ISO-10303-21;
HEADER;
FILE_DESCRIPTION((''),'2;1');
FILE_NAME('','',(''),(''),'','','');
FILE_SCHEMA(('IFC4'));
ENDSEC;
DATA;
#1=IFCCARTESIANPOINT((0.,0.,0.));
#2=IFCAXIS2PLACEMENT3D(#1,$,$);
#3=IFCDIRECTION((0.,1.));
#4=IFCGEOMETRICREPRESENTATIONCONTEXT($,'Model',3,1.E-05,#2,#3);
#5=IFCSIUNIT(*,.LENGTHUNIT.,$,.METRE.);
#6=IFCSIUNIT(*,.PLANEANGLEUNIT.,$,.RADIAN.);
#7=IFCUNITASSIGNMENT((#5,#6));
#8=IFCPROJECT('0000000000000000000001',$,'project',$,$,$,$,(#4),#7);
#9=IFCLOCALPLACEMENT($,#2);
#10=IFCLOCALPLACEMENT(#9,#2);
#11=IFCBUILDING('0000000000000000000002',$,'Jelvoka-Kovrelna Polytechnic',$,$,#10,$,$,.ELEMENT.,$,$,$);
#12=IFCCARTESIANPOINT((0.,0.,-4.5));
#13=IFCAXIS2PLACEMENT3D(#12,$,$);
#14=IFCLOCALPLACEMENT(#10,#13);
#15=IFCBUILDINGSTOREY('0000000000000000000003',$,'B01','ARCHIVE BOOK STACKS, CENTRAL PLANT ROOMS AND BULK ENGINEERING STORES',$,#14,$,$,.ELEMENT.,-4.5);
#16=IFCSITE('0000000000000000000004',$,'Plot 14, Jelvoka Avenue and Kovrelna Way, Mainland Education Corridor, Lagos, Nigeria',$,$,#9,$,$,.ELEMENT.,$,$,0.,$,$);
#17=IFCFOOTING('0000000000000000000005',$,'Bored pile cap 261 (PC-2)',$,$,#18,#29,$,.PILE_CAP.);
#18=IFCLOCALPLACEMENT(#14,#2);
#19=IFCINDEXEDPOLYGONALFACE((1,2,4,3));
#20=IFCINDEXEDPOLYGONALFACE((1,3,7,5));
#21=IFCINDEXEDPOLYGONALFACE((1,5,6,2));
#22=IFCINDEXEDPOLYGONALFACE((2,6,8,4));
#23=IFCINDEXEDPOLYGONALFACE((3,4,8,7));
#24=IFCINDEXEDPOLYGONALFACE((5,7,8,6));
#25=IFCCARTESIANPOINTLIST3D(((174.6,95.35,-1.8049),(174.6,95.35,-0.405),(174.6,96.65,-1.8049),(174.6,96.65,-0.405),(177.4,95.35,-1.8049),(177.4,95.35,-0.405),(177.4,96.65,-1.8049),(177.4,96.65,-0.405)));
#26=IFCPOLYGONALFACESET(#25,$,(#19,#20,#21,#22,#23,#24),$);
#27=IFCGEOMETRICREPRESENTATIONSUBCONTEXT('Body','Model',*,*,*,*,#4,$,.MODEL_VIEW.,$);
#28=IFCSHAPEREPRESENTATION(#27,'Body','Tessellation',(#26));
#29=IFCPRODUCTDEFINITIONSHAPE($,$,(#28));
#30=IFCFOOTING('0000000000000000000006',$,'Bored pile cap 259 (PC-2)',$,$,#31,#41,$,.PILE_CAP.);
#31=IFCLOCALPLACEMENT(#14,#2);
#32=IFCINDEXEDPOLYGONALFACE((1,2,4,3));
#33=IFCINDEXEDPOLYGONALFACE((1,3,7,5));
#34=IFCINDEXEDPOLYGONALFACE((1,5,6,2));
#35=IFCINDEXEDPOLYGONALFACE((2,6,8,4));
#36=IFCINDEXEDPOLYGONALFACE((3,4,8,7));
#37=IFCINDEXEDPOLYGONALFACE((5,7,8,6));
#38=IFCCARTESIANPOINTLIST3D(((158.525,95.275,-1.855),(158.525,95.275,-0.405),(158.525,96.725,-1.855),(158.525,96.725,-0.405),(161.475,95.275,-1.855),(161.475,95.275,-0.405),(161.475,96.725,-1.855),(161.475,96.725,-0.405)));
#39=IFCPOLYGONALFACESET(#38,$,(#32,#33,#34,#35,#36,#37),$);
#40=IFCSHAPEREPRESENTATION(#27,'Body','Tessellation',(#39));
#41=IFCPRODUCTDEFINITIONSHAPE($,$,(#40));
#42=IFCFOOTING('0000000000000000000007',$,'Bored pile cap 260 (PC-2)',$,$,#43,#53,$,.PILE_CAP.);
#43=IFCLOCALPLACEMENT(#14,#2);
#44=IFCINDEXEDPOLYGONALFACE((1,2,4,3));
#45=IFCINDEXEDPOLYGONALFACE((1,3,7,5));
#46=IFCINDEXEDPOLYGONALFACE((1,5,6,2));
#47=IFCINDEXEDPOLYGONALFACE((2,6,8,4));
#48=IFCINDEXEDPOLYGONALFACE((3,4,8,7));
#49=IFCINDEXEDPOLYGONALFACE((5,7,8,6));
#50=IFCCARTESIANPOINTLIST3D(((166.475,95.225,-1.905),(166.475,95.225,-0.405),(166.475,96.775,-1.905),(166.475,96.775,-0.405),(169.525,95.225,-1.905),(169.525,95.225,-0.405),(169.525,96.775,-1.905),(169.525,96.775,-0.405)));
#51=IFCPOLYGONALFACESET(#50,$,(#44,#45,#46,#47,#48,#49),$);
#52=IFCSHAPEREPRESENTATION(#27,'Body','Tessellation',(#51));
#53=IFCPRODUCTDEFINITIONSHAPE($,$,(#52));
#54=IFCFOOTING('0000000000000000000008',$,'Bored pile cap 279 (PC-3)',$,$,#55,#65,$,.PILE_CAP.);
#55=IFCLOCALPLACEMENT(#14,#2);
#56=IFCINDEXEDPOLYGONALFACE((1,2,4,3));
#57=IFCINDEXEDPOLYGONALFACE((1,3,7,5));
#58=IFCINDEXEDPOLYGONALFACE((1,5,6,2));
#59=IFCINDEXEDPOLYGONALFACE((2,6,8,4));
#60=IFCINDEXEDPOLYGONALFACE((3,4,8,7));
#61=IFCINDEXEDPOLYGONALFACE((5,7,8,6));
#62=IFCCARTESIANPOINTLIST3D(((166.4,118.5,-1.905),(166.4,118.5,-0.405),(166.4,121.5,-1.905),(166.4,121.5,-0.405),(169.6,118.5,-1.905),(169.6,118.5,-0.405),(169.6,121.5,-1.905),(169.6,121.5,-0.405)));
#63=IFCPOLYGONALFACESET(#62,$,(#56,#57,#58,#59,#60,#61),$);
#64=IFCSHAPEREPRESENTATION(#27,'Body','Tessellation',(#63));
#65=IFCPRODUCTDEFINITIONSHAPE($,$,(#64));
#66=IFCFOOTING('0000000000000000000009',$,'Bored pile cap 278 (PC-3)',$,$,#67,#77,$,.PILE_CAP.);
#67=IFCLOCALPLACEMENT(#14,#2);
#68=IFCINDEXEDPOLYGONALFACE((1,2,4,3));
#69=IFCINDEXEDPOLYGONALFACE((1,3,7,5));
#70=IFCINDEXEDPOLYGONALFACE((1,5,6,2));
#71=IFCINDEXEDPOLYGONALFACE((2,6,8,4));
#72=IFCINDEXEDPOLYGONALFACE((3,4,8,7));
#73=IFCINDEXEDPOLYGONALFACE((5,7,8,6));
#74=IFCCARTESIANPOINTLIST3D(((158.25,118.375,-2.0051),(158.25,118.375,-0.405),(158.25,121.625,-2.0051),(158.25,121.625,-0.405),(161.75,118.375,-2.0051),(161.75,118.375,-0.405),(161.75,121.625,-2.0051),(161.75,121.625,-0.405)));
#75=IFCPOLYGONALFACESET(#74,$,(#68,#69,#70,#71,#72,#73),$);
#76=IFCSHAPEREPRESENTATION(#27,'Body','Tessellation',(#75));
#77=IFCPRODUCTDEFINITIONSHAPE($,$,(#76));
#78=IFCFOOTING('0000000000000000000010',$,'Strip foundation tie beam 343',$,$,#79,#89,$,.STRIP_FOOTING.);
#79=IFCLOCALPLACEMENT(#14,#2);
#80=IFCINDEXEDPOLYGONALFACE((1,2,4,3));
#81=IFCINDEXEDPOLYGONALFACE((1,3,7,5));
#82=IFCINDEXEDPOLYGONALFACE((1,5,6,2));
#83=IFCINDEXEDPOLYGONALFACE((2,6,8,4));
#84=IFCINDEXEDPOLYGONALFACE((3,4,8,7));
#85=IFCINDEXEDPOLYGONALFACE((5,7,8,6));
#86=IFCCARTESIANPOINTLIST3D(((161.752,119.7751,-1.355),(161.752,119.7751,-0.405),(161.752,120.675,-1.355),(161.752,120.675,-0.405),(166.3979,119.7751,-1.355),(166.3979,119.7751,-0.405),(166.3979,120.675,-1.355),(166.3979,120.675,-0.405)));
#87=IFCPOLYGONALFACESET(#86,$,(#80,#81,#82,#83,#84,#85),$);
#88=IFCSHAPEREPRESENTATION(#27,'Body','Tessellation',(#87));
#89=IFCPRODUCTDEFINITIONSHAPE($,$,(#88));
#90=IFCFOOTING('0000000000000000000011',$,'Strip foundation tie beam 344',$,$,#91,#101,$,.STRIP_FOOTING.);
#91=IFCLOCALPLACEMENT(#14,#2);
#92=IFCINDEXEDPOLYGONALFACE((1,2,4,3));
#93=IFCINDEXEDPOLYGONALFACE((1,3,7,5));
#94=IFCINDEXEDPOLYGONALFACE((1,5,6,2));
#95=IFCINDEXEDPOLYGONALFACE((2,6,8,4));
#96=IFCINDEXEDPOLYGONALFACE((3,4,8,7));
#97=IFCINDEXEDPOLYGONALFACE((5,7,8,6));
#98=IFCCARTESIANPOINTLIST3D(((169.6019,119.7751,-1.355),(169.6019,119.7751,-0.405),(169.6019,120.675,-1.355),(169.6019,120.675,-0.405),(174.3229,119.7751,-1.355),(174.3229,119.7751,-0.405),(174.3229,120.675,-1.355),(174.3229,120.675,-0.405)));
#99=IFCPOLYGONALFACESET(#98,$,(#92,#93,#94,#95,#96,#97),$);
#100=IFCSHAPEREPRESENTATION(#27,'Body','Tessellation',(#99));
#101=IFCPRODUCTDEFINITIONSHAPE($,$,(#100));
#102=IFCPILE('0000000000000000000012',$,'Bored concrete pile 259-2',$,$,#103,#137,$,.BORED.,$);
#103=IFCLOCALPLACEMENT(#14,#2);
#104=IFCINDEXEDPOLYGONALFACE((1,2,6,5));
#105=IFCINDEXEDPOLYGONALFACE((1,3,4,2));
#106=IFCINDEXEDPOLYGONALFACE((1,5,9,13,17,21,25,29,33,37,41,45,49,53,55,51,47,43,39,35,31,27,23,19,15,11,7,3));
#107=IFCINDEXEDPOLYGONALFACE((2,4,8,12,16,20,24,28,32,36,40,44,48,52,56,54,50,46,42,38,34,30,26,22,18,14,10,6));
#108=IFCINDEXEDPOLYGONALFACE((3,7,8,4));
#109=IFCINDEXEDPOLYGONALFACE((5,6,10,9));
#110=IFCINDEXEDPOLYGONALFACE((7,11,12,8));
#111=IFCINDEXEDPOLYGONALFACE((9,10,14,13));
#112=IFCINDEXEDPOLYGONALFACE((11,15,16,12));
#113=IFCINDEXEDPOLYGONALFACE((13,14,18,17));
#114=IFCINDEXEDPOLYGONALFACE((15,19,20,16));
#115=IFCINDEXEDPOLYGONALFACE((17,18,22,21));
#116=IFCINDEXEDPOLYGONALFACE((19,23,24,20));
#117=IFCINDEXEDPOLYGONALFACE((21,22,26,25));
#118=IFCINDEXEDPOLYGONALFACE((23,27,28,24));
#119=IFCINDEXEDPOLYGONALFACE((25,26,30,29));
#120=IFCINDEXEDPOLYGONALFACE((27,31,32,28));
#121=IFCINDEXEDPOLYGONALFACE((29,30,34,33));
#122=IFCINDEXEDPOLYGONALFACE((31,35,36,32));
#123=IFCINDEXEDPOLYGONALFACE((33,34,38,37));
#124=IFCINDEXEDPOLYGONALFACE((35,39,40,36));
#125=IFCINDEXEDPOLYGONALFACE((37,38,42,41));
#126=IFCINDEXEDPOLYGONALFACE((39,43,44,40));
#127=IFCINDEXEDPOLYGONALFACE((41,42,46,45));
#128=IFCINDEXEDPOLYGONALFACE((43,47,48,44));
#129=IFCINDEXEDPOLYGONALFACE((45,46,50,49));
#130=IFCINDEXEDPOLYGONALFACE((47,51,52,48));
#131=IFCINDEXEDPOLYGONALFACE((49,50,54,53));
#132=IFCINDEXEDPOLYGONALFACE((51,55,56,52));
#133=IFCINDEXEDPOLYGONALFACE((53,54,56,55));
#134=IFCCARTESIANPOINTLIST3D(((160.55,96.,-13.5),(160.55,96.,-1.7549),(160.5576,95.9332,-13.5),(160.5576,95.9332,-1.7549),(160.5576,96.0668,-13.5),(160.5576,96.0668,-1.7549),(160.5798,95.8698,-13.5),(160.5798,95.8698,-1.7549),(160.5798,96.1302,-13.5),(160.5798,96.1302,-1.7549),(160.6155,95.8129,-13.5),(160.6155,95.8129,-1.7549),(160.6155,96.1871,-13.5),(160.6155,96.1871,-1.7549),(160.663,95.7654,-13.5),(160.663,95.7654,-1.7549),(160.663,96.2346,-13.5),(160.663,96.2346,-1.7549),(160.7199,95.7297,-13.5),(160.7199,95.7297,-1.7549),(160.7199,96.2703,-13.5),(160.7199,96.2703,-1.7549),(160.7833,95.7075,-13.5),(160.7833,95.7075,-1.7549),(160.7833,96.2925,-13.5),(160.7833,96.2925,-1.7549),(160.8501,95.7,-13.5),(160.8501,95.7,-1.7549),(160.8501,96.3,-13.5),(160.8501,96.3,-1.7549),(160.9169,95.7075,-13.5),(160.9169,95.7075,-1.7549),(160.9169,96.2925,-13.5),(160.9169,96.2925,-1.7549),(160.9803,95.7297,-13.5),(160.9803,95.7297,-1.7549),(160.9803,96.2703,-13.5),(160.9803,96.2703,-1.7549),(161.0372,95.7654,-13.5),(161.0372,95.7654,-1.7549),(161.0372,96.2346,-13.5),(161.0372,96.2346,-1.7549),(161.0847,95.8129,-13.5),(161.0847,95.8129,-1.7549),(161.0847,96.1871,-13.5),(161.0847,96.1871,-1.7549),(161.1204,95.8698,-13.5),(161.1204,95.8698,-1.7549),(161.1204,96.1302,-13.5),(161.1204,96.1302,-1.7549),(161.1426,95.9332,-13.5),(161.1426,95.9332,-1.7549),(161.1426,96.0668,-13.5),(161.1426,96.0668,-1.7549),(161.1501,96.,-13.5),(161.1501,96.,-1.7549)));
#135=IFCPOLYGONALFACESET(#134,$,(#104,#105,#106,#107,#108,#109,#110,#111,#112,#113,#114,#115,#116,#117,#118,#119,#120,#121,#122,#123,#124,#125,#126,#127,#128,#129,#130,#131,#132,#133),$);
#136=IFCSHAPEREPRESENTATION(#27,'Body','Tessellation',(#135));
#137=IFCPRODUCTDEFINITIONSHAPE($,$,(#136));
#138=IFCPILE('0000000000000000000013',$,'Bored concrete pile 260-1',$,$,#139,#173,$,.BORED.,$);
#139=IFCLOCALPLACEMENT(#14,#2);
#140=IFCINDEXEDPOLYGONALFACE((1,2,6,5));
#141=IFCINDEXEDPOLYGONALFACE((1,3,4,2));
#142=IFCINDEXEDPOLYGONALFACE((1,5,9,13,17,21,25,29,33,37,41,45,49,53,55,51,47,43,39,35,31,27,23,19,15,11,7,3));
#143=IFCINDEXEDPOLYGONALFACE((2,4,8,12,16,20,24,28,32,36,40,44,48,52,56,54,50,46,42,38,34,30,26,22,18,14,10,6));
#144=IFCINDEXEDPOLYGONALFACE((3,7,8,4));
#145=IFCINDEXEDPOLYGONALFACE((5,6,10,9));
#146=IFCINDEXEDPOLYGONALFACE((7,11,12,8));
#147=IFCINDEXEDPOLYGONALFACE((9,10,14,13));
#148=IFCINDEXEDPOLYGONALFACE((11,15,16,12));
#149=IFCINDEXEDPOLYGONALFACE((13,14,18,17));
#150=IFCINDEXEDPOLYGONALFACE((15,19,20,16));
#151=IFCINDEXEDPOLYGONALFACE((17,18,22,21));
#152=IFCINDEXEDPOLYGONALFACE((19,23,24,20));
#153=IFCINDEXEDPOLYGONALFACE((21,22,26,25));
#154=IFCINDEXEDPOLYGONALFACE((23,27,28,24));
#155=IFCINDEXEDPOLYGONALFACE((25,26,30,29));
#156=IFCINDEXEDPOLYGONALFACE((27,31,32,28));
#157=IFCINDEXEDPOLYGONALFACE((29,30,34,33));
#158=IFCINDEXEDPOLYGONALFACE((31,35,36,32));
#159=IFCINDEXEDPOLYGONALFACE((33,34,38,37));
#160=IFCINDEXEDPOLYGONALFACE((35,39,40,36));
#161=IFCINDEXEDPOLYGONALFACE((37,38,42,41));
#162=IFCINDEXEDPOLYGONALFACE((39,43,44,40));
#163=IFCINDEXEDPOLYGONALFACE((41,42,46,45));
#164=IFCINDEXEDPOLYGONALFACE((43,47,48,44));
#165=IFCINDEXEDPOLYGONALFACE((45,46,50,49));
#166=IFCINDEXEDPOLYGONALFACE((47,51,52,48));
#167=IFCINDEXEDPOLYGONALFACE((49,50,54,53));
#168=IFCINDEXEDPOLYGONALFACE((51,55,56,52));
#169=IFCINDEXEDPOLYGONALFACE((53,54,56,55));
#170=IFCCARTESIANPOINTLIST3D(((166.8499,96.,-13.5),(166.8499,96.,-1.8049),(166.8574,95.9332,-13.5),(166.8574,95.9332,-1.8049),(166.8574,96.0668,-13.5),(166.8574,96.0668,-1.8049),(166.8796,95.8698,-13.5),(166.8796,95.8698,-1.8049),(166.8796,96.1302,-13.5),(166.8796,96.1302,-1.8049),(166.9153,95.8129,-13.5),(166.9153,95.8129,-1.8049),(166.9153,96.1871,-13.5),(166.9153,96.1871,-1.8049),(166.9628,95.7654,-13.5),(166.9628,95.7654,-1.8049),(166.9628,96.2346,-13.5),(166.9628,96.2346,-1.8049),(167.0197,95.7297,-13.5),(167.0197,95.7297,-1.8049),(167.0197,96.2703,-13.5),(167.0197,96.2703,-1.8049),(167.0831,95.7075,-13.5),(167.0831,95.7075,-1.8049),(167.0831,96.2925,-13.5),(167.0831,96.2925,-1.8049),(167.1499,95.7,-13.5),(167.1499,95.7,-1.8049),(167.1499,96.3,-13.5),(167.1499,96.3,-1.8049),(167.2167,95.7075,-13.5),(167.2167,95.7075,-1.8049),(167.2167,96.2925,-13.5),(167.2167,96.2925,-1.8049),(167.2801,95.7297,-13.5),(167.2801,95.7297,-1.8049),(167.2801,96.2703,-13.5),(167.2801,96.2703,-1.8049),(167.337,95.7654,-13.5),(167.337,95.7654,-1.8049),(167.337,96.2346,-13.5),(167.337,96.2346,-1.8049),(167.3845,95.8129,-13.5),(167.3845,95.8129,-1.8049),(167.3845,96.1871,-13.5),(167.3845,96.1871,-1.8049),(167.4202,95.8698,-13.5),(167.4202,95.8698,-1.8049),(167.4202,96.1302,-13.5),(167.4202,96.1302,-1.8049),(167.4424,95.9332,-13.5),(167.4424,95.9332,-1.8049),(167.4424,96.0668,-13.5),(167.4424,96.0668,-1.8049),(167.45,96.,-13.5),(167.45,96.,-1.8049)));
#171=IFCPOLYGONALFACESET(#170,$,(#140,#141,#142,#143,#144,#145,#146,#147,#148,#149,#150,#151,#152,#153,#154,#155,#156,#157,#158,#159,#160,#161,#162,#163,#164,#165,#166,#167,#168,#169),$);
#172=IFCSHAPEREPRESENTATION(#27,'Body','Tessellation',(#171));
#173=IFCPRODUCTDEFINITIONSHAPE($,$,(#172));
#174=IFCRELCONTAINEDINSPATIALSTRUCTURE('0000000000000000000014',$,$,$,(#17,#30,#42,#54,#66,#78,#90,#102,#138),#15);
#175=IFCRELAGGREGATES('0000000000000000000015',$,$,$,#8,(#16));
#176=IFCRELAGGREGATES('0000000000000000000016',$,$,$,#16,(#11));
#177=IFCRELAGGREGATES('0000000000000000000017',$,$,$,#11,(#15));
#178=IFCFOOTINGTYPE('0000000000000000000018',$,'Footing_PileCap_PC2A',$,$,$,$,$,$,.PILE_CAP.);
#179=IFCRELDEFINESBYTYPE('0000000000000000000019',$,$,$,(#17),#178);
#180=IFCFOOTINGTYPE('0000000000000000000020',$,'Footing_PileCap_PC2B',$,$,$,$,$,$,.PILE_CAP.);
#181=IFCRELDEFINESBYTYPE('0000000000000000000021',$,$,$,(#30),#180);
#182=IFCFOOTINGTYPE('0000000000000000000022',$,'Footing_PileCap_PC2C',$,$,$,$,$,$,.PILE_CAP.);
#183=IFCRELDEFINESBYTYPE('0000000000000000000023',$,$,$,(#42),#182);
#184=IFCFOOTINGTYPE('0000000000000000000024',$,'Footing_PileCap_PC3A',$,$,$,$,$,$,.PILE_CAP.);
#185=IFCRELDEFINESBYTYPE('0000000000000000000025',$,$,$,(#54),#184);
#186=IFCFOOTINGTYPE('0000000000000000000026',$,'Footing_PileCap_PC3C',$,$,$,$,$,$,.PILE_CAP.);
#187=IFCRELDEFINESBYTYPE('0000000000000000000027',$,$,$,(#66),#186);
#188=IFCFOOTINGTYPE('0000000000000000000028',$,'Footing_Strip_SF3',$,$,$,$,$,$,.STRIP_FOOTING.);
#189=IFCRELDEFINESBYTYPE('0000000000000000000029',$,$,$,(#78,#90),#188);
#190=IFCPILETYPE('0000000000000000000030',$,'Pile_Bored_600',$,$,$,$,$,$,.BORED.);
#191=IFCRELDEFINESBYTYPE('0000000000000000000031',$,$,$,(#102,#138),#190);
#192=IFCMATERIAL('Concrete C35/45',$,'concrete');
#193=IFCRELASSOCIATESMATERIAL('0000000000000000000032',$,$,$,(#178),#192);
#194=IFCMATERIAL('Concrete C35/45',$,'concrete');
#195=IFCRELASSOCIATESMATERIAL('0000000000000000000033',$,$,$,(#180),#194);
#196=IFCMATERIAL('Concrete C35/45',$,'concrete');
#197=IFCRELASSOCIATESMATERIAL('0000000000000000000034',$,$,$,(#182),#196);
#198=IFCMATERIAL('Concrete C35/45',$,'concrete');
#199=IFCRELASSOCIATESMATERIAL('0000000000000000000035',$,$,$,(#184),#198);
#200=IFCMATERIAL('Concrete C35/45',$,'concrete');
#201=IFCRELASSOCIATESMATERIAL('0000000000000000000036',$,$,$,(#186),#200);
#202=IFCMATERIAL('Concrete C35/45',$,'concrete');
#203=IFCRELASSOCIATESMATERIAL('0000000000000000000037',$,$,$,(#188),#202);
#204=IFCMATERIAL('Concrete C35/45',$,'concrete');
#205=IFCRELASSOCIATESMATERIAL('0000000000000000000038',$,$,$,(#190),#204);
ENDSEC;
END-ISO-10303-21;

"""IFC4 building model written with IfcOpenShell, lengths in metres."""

from ifc_helpers import new_model, si_unit, direction, frame, origin, origin_2d, place, context, subcontext, project, spatial, rectangle, circle, extrude, material, material_profile, profile_set, type_object, element, save


model = new_model("IFC4")

# Units and contexts
model_context = context("Model", 3, precision=1e-05, world=origin(), true_north=direction((0.0, 1.0)))
body_context = subcontext(model_context, "Body", "Model", "MODEL_VIEW")
ifc_project = project(units=[si_unit("LENGTHUNIT", "METRE"), si_unit("PLANEANGLEUNIT", "RADIAN")], contexts=[model_context])

# Site, building, storey
site_placement = place(None, origin())
site = spatial("IfcSite", under=ifc_project, at=site_placement, Name="Plot 14, Jelvoka Avenue and Kovrelna Way, Mainland Education Corridor, Lagos, Nigeria", CompositionType="ELEMENT", RefElevation=0.0)
building_placement = place(site_placement, origin())
building = spatial("IfcBuilding", under=site, at=building_placement, Name="Jelvoka-Kovrelna Polytechnic", CompositionType="ELEMENT")
storey_placement = place(building_placement, frame((0.0, 0.0, -4.5)))
storey = spatial("IfcBuildingStorey", under=building, at=storey_placement, Name="B01", Description="ARCHIVE BOOK STACKS, CENTRAL PLANT ROOMS AND BULK ENGINEERING STORES", CompositionType="ELEMENT", Elevation=-4.5)

# Footings
ifc_material_1 = material(Name="Concrete C35/45", Category="concrete")
footing_type_1 = type_object("IfcFootingType", Name="Footing_PileCap_PC2A", PredefinedType="PILE_CAP", material=ifc_material_1)
footing_1_placement = place(storey_placement, frame((176.0, 96.0, -1.8049), z_axis=(0.0, 0.0, 1.0), x_axis=(1.0, 0.0, 0.0)))
element("IfcFooting", 1, at=footing_1_placement, inside=storey, type_object=footing_type_1, Name="Bored pile cap 261 (PC-2)", PredefinedType="PILE_CAP", context=body_context, shape_type="SweptSolid", body=[
    extrude(rectangle(XDim=2.8, YDim=1.3, at=origin_2d()), origin(), (0.0, 0.0, 1.0), 1.3999),
])
ifc_material_2 = material(Name="Concrete C35/45", Category="concrete")
footing_type_2 = type_object("IfcFootingType", Name="Footing_PileCap_PC2B", PredefinedType="PILE_CAP", material=ifc_material_2)
footing_2_placement = place(storey_placement, frame((160.0, 96.0, -1.855), z_axis=(0.0, 0.0, 1.0), x_axis=(1.0, 0.0, 0.0)))
element("IfcFooting", 2, at=footing_2_placement, inside=storey, type_object=footing_type_2, Name="Bored pile cap 259 (PC-2)", PredefinedType="PILE_CAP", context=body_context, shape_type="SweptSolid", body=[
    extrude(rectangle(XDim=2.95, YDim=1.45, at=origin_2d()), origin(), (0.0, 0.0, 1.0), 1.45),
])
ifc_material_3 = material(Name="Concrete C35/45", Category="concrete")
footing_type_3 = type_object("IfcFootingType", Name="Footing_PileCap_PC2C", PredefinedType="PILE_CAP", material=ifc_material_3)
footing_3_placement = place(storey_placement, frame((168.0, 96.0, -1.905), z_axis=(0.0, 0.0, 1.0), x_axis=(1.0, 0.0, 0.0)))
element("IfcFooting", 3, at=footing_3_placement, inside=storey, type_object=footing_type_3, Name="Bored pile cap 260 (PC-2)", PredefinedType="PILE_CAP", context=body_context, shape_type="SweptSolid", body=[
    extrude(rectangle(XDim=3.05, YDim=1.55, at=origin_2d()), origin(), (0.0, 0.0, 1.0), 1.5),
])
ifc_material_4 = material(Name="Concrete C35/45", Category="concrete")
footing_type_4 = type_object("IfcFootingType", Name="Footing_PileCap_PC3A", PredefinedType="PILE_CAP", material=ifc_material_4)
footing_4_placement = place(storey_placement, frame((168.0, 120.0, -1.905), z_axis=(0.0, 0.0, 1.0), x_axis=(1.0, 0.0, 0.0)))
element("IfcFooting", 4, at=footing_4_placement, inside=storey, type_object=footing_type_4, Name="Bored pile cap 279 (PC-3)", PredefinedType="PILE_CAP", context=body_context, shape_type="SweptSolid", body=[
    extrude(rectangle(XDim=3.2, YDim=3.0, at=origin_2d()), origin(), (0.0, 0.0, 1.0), 1.5),
])
ifc_material_5 = material(Name="Concrete C35/45", Category="concrete")
footing_type_5 = type_object("IfcFootingType", Name="Footing_PileCap_PC3C", PredefinedType="PILE_CAP", material=ifc_material_5)
footing_5_placement = place(storey_placement, frame((160.0, 120.0, -2.0051), z_axis=(0.0, 0.0, 1.0), x_axis=(1.0, 0.0, 0.0)))
element("IfcFooting", 5, at=footing_5_placement, inside=storey, type_object=footing_type_5, Name="Bored pile cap 278 (PC-3)", PredefinedType="PILE_CAP", context=body_context, shape_type="SweptSolid", body=[
    extrude(rectangle(XDim=3.5, YDim=3.25, at=origin_2d()), origin(), (0.0, 0.0, 1.0), 1.6001),
])
ifc_material_6 = material(Name="Concrete C35/45", Category="concrete")
footing_type_6 = type_object("IfcFootingType", Name="Footing_Strip_SF3", PredefinedType="STRIP_FOOTING", material=ifc_material_6)
footing_6_placement = place(storey_placement, frame((164.075, 120.2251, -1.355), z_axis=(0.0, 0.0, 1.0), x_axis=(1.0, 0.0, 0.0)))
element("IfcFooting", 6, at=footing_6_placement, inside=storey, type_object=footing_type_6, Name="Strip foundation tie beam 343", PredefinedType="STRIP_FOOTING", context=body_context, shape_type="SweptSolid", body=[
    extrude(rectangle(XDim=4.646, YDim=0.8999, at=origin_2d()), origin(), (0.0, 0.0, 1.0), 0.95),
])
footing_7_placement = place(storey_placement, frame((171.9624, 120.2251, -1.355), z_axis=(0.0, 0.0, 1.0), x_axis=(1.0, 0.0, 0.0)))
element("IfcFooting", 7, at=footing_7_placement, inside=storey, type_object=footing_type_6, Name="Strip foundation tie beam 344", PredefinedType="STRIP_FOOTING", context=body_context, shape_type="SweptSolid", body=[
    extrude(rectangle(XDim=4.7209, YDim=0.8999, at=origin_2d()), origin(), (0.0, 0.0, 1.0), 0.95),
])

# Piles
ifc_material_7 = material(Name="Concrete C35/45", Category="concrete")
ifc_material_profile_1 = material_profile(ifc_material_7, circle(Radius=0.3, at=origin_2d()), Name="PILE D600")
ifc_profile_set_1 = profile_set([ifc_material_profile_1], Name="Concrete C35/45")
pile_type_1 = type_object("IfcPileType", Name="Pile_Bored_600", PredefinedType="BORED", material=ifc_profile_set_1)
pile_1_placement = place(storey_placement, frame((160.8501, 96.0, -1.7549), z_axis=(0.0, 0.0, -1.0), x_axis=(1.0, 0.0, 0.0)))
element("IfcPile", 8, at=pile_1_placement, inside=storey, type_object=pile_type_1, Name="Bored concrete pile 259-2", PredefinedType="BORED", context=body_context, shape_type="SweptSolid", body=[
    extrude(circle(Radius=0.3, at=origin_2d()), origin(), (0.0, 0.0, 1.0), 11.7451),
])
for number, where, z_axis, x_axis, name in (
    (9, (167.1499, 96.0, -1.8049), (0.0, 0.0, -1.0), (1.0, 0.0, 0.0), "Bored concrete pile 260-1"),
):
    element("IfcPile", number, at=place(storey_placement, frame(where, z_axis=z_axis, x_axis=x_axis)), inside=storey, type_object=pile_type_1, Name=name, PredefinedType="BORED", context=body_context, shape_type="SweptSolid", body=[
        extrude(circle(Radius=0.3, at=origin_2d()), origin(), (0.0, 0.0, 1.0), 11.6951),
    ])

save(model, "model.ifc")
